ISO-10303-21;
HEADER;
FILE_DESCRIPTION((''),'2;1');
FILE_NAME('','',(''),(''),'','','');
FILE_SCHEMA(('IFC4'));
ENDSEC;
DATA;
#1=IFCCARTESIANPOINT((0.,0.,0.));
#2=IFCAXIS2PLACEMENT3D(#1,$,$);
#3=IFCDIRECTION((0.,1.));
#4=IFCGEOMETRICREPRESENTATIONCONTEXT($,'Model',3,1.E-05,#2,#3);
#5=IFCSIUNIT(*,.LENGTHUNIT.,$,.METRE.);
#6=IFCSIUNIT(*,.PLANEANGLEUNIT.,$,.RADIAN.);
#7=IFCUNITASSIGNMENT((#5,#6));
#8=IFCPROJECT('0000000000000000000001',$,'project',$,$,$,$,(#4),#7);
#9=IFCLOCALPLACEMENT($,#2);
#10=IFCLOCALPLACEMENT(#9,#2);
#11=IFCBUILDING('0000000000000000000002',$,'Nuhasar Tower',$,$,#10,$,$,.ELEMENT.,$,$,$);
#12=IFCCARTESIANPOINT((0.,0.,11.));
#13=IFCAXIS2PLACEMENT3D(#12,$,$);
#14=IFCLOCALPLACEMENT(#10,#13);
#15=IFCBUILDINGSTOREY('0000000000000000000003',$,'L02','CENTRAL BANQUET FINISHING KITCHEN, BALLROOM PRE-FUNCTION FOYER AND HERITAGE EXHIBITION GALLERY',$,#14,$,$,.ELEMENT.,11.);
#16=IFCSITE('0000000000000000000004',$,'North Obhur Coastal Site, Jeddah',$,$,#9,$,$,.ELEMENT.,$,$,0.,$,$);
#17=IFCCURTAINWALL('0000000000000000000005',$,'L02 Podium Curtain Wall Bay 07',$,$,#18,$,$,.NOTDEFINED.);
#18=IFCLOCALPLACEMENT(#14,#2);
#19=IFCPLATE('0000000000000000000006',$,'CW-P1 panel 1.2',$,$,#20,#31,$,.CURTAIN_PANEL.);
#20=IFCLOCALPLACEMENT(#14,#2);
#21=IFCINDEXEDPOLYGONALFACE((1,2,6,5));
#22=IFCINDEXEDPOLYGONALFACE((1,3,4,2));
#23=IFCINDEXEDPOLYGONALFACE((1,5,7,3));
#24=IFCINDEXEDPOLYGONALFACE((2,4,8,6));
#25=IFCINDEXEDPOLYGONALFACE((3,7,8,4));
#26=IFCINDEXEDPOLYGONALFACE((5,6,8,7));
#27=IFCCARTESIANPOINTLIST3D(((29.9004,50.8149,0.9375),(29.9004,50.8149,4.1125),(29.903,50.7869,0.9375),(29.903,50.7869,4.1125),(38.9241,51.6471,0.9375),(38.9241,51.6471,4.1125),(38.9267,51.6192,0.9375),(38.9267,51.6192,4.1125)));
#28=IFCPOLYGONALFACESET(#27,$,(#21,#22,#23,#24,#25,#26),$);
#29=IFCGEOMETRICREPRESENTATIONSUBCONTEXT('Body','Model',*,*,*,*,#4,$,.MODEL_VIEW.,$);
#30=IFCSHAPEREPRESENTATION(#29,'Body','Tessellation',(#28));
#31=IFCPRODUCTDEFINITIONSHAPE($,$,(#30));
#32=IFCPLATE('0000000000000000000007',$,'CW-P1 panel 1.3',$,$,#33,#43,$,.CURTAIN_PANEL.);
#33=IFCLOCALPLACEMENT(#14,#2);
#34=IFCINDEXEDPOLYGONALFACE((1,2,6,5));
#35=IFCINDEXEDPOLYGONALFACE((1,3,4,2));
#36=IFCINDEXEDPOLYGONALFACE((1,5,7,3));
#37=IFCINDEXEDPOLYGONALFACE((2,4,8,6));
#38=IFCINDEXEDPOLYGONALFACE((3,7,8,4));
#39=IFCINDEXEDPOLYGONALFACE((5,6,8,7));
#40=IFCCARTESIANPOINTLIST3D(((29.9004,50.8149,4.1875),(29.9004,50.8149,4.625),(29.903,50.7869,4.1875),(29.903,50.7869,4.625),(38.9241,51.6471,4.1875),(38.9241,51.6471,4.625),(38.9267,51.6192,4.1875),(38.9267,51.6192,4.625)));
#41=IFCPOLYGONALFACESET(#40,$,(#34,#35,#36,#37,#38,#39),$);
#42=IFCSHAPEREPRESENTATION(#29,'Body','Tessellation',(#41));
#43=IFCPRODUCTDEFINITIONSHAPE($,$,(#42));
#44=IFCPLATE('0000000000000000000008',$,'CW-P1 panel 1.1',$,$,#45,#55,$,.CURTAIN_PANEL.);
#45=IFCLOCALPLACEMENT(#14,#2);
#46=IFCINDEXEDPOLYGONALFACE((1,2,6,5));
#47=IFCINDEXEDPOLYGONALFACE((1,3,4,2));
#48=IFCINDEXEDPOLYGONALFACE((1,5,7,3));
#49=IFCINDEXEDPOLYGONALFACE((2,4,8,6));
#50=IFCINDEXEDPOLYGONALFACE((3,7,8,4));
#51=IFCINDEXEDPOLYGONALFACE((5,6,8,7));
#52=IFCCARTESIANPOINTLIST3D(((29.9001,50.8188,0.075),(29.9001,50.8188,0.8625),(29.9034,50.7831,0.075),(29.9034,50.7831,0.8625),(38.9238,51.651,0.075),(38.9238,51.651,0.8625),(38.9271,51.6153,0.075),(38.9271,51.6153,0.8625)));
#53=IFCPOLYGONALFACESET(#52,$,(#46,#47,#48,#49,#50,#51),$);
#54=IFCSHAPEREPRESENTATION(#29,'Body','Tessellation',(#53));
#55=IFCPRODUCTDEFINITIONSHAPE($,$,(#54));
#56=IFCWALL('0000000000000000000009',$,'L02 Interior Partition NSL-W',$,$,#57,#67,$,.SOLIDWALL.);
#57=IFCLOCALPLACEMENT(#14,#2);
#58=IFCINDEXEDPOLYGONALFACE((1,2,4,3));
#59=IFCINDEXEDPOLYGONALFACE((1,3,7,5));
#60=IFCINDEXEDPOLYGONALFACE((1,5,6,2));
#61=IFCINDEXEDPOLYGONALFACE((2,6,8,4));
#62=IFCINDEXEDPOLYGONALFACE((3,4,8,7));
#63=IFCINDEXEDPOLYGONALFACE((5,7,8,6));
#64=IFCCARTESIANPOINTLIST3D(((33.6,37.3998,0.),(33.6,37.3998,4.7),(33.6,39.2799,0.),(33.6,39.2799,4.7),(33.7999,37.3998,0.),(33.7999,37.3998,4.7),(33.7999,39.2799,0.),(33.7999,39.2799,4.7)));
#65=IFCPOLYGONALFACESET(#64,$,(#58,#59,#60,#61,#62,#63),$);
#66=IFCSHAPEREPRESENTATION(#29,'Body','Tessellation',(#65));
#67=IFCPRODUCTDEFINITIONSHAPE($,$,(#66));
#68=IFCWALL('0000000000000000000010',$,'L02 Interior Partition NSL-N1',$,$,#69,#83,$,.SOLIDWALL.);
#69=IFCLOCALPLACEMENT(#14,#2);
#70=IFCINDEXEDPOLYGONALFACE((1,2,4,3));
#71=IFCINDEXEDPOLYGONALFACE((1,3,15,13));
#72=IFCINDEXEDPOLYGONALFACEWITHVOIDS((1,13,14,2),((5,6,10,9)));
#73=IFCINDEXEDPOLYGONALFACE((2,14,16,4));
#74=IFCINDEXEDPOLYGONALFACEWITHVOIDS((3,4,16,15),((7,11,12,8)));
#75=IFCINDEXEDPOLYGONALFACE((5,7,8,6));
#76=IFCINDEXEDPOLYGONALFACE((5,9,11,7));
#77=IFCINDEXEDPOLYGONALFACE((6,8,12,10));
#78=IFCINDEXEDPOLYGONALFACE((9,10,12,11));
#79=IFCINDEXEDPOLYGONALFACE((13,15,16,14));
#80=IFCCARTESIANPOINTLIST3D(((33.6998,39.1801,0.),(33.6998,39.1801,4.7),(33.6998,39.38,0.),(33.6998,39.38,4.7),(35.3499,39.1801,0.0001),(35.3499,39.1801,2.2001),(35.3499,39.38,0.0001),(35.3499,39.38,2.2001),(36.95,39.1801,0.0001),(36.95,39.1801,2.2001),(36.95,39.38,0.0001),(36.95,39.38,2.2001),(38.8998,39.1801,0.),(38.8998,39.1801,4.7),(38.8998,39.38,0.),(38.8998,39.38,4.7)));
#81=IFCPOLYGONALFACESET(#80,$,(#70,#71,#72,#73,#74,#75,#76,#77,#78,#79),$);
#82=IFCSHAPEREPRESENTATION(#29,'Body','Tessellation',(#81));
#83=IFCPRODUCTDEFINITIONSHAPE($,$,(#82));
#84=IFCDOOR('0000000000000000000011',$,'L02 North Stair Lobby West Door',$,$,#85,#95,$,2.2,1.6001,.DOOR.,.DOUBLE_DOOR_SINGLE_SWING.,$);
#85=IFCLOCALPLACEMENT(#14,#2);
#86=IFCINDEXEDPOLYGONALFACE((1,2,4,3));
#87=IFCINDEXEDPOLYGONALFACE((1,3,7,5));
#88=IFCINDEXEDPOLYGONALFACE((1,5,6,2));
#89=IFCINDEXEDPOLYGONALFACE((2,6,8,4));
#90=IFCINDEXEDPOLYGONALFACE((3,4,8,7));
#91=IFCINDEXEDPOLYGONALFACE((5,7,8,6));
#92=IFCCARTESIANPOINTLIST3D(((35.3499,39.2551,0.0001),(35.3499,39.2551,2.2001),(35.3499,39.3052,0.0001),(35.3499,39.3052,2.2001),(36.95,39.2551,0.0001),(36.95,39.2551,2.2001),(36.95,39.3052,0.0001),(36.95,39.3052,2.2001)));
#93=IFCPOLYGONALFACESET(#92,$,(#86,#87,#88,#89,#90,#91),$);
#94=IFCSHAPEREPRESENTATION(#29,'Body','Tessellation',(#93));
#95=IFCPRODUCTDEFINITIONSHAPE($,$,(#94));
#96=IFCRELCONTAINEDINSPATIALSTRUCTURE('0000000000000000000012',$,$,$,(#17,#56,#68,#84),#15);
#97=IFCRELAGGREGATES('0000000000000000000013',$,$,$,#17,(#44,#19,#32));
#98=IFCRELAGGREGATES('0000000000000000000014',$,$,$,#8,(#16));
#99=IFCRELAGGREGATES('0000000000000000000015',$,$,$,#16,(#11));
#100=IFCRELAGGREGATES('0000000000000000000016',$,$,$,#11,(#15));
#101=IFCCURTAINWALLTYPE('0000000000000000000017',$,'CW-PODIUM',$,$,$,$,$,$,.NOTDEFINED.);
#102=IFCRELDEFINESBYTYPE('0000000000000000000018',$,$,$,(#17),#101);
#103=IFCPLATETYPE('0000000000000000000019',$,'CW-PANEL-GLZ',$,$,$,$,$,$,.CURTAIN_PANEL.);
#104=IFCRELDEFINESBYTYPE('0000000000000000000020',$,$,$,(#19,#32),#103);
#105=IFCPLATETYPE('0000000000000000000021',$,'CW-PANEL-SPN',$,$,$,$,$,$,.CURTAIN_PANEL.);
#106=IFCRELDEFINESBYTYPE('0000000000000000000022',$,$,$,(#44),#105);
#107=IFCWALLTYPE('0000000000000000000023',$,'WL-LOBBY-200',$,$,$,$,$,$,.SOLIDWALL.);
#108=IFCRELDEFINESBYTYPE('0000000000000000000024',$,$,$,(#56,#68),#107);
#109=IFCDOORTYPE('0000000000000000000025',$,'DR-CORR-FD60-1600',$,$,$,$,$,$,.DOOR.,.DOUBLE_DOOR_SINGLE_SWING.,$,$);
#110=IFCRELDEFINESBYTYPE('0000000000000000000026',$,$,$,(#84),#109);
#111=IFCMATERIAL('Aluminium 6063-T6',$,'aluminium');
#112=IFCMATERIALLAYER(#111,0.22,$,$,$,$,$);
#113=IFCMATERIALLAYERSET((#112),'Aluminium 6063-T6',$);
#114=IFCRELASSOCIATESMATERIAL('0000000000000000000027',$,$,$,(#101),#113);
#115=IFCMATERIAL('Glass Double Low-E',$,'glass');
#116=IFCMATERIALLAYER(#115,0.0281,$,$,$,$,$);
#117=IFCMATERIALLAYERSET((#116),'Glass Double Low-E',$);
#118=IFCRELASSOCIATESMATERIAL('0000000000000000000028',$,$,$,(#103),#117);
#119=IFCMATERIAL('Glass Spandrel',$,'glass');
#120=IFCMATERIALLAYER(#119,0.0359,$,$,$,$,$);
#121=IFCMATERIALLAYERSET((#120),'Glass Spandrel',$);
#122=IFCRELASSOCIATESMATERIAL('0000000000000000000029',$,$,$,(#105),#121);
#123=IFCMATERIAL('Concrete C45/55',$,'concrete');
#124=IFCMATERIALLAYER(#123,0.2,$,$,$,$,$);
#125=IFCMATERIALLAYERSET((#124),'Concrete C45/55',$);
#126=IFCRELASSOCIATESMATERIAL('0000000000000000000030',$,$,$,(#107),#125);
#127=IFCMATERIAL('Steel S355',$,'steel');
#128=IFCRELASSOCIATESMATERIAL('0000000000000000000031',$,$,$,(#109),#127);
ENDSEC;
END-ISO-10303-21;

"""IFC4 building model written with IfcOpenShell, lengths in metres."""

from ifc_helpers import new_model, si_unit, direction, frame, frame_2d, origin, origin_2d, place, context, subcontext, project, spatial, rectangle, extrude, material, layer, layer_set, type_object, element, fill, aggregate, save


model = new_model("IFC4")

# Units and contexts
model_context = context("Model", 3, precision=1e-05, world=origin(), true_north=direction((0.0, 1.0)))
body_context = subcontext(model_context, "Body", "Model", "MODEL_VIEW")
ifc_project = project(units=[si_unit("LENGTHUNIT", "METRE"), si_unit("PLANEANGLEUNIT", "RADIAN")], contexts=[model_context])

# Site, building, storey
site_placement = place(None, origin())
site = spatial("IfcSite", under=ifc_project, at=site_placement, Name="North Obhur Coastal Site, Jeddah", CompositionType="ELEMENT", RefElevation=0.0)
building_placement = place(site_placement, origin())
building = spatial("IfcBuilding", under=site, at=building_placement, Name="Nuhasar Tower", CompositionType="ELEMENT")
storey_placement = place(building_placement, frame((0.0, 0.0, 11.0)))
storey = spatial("IfcBuildingStorey", under=building, at=storey_placement, Name="L02", Description="CENTRAL BANQUET FINISHING KITCHEN, BALLROOM PRE-FUNCTION FOYER AND HERITAGE EXHIBITION GALLERY", CompositionType="ELEMENT", Elevation=11.0)

# Shared definitions
ifc_material_1 = material(Name="Steel S355", Category="steel")

# Curtain wall, plates
ifc_material_2 = material(Name="Aluminium 6063-T6", Category="aluminium")
ifc_layer_1 = layer(ifc_material_2, 0.22)
ifc_layer_set_1 = layer_set([ifc_layer_1], Name="Aluminium 6063-T6")
curtain_wall_type = type_object("IfcCurtainWallType", Name="CW-PODIUM", PredefinedType="NOTDEFINED", material=ifc_layer_set_1)
curtain_wall_placement = place(storey_placement, origin())
curtain_wall = element("IfcCurtainWall", 1, at=curtain_wall_placement, inside=storey, type_object=curtain_wall_type, Name="L02 Podium Curtain Wall Bay 07", PredefinedType="NOTDEFINED")
ifc_material_3 = material(Name="Glass Double Low-E", Category="glass")
ifc_layer_2 = layer(ifc_material_3, 0.0281)
ifc_layer_set_2 = layer_set([ifc_layer_2], Name="Glass Double Low-E")
plate_type_1 = type_object("IfcPlateType", Name="CW-PANEL-GLZ", PredefinedType="CURTAIN_PANEL", material=ifc_layer_set_2)
plate_1_placement = place(storey_placement, frame((34.4136, 51.217, 0.9375), z_axis=(0.0, 0.0, 1.0), x_axis=(-0.995774, -0.091837, 0.0)))
plate_1 = element("IfcPlate", 2, at=plate_1_placement, type_object=plate_type_1, Name="CW-P1 panel 1.2", PredefinedType="CURTAIN_PANEL", context=body_context, shape_type="SweptSolid", body=[
    extrude(rectangle(XDim=9.062, YDim=0.0281, at=origin_2d()), origin(), (0.0, 0.0, 1.0), 3.175),
])
plate_2_placement = place(storey_placement, frame((34.4136, 51.217, 4.1875), z_axis=(0.0, 0.0, 1.0), x_axis=(-0.995774, -0.091837, 0.0)))
plate_2 = element("IfcPlate", 3, at=plate_2_placement, type_object=plate_type_1, Name="CW-P1 panel 1.3", PredefinedType="CURTAIN_PANEL", context=body_context, shape_type="SweptSolid", body=[
    extrude(rectangle(XDim=9.062, YDim=0.0281, at=origin_2d()), origin(), (0.0, 0.0, 1.0), 0.4375),
])
ifc_material_4 = material(Name="Glass Spandrel", Category="glass")
ifc_layer_3 = layer(ifc_material_4, 0.0359)
ifc_layer_set_3 = layer_set([ifc_layer_3], Name="Glass Spandrel")
plate_type_2 = type_object("IfcPlateType", Name="CW-PANEL-SPN", PredefinedType="CURTAIN_PANEL", material=ifc_layer_set_3)
plate_3_placement = place(storey_placement, frame((34.4136, 51.217, 0.075), z_axis=(0.0, 0.0, 1.0), x_axis=(-0.995774, -0.091837, 0.0)))
plate_3 = element("IfcPlate", 4, at=plate_3_placement, type_object=plate_type_2, Name="CW-P1 panel 1.1", PredefinedType="CURTAIN_PANEL", context=body_context, shape_type="SweptSolid", body=[
    extrude(rectangle(XDim=9.062, YDim=0.0359, at=origin_2d()), origin(), (0.0, 0.0, 1.0), 0.7876),
])
aggregate(curtain_wall, [plate_3, plate_1, plate_2])

# Wall
ifc_material_5 = material(Name="Concrete C45/55", Category="concrete")
ifc_layer_4 = layer(ifc_material_5, 0.2)
ifc_layer_set_4 = layer_set([ifc_layer_4], Name="Concrete C45/55")
wall_type_1 = type_object("IfcWallType", Name="WL-LOBBY-200", PredefinedType="SOLIDWALL", material=ifc_layer_set_4)
wall_1_placement = place(storey_placement, frame((33.7, 37.3999, 0.0), z_axis=(0.0, 0.0, 1.0), x_axis=(0.0, 1.0, 0.0)))
element("IfcWall", 5, at=wall_1_placement, inside=storey, type_object=wall_type_1, Name="L02 Interior Partition NSL-W", PredefinedType="SOLIDWALL", context=body_context, shape_type="SweptSolid", body=[
    extrude(rectangle(XDim=1.8801, YDim=0.2, at=frame_2d((0.9399, 0.0))), origin(), (0.0, 0.0, 1.0), 4.7),
])

# Wall, opening, door
wall_2_placement = place(storey_placement, frame((38.8999, 39.28, 0.0), z_axis=(0.0, 0.0, 1.0), x_axis=(-1.0, 0.0, 0.0)))
wall_2 = element("IfcWall", 6, at=wall_2_placement, inside=storey, type_object=wall_type_1, Name="L02 Interior Partition NSL-N1", PredefinedType="SOLIDWALL", context=body_context, shape_type="SweptSolid", body=[
    extrude(rectangle(XDim=5.2, YDim=0.2, at=frame_2d((2.6001, 0.0))), origin(), (0.0, 0.0, 1.0), 4.7),
])
opening_1_placement = place(wall_2_placement, frame((1.95, 0.0, 0.0)))
opening_1 = element("IfcOpeningElement", 7, at=opening_1_placement, cuts=wall_2, PredefinedType="OPENING", context=body_context, shape_type="SweptSolid", body=[
    extrude(rectangle(XDim=1.6001, YDim=2.2, at=frame_2d((0.8, 1.1001))), frame((0.0, 0.1099, 0.0), z_axis=(0.0, -1.0, 0.0), x_axis=(1.0, 0.0, 0.0)), (0.0, 0.0, 1.0), 0.22),
])
door_type_1 = type_object("IfcDoorType", Name="DR-CORR-FD60-1600", OperationType="DOUBLE_DOOR_SINGLE_SWING", PredefinedType="DOOR", material=ifc_material_1)
door_1_placement = place(opening_1_placement, origin())
door_1 = element("IfcDoor", 8, at=door_1_placement, inside=storey, type_object=door_type_1, Name="L02 North Stair Lobby West Door", OperationType="DOUBLE_DOOR_SINGLE_SWING", OverallHeight=2.2, OverallWidth=1.6001, PredefinedType="DOOR", context=body_context, shape_type="SweptSolid", body=[
    extrude(rectangle(XDim=1.6001, YDim=2.2, at=frame_2d((0.8, 1.1001))), frame((0.0, 0.0249, 0.0), z_axis=(0.0, -1.0, 0.0), x_axis=(1.0, 0.0, 0.0)), (0.0, 0.0, 1.0), 0.05),
])
fill(opening_1, door_1)

save(model, "model.ifc")
